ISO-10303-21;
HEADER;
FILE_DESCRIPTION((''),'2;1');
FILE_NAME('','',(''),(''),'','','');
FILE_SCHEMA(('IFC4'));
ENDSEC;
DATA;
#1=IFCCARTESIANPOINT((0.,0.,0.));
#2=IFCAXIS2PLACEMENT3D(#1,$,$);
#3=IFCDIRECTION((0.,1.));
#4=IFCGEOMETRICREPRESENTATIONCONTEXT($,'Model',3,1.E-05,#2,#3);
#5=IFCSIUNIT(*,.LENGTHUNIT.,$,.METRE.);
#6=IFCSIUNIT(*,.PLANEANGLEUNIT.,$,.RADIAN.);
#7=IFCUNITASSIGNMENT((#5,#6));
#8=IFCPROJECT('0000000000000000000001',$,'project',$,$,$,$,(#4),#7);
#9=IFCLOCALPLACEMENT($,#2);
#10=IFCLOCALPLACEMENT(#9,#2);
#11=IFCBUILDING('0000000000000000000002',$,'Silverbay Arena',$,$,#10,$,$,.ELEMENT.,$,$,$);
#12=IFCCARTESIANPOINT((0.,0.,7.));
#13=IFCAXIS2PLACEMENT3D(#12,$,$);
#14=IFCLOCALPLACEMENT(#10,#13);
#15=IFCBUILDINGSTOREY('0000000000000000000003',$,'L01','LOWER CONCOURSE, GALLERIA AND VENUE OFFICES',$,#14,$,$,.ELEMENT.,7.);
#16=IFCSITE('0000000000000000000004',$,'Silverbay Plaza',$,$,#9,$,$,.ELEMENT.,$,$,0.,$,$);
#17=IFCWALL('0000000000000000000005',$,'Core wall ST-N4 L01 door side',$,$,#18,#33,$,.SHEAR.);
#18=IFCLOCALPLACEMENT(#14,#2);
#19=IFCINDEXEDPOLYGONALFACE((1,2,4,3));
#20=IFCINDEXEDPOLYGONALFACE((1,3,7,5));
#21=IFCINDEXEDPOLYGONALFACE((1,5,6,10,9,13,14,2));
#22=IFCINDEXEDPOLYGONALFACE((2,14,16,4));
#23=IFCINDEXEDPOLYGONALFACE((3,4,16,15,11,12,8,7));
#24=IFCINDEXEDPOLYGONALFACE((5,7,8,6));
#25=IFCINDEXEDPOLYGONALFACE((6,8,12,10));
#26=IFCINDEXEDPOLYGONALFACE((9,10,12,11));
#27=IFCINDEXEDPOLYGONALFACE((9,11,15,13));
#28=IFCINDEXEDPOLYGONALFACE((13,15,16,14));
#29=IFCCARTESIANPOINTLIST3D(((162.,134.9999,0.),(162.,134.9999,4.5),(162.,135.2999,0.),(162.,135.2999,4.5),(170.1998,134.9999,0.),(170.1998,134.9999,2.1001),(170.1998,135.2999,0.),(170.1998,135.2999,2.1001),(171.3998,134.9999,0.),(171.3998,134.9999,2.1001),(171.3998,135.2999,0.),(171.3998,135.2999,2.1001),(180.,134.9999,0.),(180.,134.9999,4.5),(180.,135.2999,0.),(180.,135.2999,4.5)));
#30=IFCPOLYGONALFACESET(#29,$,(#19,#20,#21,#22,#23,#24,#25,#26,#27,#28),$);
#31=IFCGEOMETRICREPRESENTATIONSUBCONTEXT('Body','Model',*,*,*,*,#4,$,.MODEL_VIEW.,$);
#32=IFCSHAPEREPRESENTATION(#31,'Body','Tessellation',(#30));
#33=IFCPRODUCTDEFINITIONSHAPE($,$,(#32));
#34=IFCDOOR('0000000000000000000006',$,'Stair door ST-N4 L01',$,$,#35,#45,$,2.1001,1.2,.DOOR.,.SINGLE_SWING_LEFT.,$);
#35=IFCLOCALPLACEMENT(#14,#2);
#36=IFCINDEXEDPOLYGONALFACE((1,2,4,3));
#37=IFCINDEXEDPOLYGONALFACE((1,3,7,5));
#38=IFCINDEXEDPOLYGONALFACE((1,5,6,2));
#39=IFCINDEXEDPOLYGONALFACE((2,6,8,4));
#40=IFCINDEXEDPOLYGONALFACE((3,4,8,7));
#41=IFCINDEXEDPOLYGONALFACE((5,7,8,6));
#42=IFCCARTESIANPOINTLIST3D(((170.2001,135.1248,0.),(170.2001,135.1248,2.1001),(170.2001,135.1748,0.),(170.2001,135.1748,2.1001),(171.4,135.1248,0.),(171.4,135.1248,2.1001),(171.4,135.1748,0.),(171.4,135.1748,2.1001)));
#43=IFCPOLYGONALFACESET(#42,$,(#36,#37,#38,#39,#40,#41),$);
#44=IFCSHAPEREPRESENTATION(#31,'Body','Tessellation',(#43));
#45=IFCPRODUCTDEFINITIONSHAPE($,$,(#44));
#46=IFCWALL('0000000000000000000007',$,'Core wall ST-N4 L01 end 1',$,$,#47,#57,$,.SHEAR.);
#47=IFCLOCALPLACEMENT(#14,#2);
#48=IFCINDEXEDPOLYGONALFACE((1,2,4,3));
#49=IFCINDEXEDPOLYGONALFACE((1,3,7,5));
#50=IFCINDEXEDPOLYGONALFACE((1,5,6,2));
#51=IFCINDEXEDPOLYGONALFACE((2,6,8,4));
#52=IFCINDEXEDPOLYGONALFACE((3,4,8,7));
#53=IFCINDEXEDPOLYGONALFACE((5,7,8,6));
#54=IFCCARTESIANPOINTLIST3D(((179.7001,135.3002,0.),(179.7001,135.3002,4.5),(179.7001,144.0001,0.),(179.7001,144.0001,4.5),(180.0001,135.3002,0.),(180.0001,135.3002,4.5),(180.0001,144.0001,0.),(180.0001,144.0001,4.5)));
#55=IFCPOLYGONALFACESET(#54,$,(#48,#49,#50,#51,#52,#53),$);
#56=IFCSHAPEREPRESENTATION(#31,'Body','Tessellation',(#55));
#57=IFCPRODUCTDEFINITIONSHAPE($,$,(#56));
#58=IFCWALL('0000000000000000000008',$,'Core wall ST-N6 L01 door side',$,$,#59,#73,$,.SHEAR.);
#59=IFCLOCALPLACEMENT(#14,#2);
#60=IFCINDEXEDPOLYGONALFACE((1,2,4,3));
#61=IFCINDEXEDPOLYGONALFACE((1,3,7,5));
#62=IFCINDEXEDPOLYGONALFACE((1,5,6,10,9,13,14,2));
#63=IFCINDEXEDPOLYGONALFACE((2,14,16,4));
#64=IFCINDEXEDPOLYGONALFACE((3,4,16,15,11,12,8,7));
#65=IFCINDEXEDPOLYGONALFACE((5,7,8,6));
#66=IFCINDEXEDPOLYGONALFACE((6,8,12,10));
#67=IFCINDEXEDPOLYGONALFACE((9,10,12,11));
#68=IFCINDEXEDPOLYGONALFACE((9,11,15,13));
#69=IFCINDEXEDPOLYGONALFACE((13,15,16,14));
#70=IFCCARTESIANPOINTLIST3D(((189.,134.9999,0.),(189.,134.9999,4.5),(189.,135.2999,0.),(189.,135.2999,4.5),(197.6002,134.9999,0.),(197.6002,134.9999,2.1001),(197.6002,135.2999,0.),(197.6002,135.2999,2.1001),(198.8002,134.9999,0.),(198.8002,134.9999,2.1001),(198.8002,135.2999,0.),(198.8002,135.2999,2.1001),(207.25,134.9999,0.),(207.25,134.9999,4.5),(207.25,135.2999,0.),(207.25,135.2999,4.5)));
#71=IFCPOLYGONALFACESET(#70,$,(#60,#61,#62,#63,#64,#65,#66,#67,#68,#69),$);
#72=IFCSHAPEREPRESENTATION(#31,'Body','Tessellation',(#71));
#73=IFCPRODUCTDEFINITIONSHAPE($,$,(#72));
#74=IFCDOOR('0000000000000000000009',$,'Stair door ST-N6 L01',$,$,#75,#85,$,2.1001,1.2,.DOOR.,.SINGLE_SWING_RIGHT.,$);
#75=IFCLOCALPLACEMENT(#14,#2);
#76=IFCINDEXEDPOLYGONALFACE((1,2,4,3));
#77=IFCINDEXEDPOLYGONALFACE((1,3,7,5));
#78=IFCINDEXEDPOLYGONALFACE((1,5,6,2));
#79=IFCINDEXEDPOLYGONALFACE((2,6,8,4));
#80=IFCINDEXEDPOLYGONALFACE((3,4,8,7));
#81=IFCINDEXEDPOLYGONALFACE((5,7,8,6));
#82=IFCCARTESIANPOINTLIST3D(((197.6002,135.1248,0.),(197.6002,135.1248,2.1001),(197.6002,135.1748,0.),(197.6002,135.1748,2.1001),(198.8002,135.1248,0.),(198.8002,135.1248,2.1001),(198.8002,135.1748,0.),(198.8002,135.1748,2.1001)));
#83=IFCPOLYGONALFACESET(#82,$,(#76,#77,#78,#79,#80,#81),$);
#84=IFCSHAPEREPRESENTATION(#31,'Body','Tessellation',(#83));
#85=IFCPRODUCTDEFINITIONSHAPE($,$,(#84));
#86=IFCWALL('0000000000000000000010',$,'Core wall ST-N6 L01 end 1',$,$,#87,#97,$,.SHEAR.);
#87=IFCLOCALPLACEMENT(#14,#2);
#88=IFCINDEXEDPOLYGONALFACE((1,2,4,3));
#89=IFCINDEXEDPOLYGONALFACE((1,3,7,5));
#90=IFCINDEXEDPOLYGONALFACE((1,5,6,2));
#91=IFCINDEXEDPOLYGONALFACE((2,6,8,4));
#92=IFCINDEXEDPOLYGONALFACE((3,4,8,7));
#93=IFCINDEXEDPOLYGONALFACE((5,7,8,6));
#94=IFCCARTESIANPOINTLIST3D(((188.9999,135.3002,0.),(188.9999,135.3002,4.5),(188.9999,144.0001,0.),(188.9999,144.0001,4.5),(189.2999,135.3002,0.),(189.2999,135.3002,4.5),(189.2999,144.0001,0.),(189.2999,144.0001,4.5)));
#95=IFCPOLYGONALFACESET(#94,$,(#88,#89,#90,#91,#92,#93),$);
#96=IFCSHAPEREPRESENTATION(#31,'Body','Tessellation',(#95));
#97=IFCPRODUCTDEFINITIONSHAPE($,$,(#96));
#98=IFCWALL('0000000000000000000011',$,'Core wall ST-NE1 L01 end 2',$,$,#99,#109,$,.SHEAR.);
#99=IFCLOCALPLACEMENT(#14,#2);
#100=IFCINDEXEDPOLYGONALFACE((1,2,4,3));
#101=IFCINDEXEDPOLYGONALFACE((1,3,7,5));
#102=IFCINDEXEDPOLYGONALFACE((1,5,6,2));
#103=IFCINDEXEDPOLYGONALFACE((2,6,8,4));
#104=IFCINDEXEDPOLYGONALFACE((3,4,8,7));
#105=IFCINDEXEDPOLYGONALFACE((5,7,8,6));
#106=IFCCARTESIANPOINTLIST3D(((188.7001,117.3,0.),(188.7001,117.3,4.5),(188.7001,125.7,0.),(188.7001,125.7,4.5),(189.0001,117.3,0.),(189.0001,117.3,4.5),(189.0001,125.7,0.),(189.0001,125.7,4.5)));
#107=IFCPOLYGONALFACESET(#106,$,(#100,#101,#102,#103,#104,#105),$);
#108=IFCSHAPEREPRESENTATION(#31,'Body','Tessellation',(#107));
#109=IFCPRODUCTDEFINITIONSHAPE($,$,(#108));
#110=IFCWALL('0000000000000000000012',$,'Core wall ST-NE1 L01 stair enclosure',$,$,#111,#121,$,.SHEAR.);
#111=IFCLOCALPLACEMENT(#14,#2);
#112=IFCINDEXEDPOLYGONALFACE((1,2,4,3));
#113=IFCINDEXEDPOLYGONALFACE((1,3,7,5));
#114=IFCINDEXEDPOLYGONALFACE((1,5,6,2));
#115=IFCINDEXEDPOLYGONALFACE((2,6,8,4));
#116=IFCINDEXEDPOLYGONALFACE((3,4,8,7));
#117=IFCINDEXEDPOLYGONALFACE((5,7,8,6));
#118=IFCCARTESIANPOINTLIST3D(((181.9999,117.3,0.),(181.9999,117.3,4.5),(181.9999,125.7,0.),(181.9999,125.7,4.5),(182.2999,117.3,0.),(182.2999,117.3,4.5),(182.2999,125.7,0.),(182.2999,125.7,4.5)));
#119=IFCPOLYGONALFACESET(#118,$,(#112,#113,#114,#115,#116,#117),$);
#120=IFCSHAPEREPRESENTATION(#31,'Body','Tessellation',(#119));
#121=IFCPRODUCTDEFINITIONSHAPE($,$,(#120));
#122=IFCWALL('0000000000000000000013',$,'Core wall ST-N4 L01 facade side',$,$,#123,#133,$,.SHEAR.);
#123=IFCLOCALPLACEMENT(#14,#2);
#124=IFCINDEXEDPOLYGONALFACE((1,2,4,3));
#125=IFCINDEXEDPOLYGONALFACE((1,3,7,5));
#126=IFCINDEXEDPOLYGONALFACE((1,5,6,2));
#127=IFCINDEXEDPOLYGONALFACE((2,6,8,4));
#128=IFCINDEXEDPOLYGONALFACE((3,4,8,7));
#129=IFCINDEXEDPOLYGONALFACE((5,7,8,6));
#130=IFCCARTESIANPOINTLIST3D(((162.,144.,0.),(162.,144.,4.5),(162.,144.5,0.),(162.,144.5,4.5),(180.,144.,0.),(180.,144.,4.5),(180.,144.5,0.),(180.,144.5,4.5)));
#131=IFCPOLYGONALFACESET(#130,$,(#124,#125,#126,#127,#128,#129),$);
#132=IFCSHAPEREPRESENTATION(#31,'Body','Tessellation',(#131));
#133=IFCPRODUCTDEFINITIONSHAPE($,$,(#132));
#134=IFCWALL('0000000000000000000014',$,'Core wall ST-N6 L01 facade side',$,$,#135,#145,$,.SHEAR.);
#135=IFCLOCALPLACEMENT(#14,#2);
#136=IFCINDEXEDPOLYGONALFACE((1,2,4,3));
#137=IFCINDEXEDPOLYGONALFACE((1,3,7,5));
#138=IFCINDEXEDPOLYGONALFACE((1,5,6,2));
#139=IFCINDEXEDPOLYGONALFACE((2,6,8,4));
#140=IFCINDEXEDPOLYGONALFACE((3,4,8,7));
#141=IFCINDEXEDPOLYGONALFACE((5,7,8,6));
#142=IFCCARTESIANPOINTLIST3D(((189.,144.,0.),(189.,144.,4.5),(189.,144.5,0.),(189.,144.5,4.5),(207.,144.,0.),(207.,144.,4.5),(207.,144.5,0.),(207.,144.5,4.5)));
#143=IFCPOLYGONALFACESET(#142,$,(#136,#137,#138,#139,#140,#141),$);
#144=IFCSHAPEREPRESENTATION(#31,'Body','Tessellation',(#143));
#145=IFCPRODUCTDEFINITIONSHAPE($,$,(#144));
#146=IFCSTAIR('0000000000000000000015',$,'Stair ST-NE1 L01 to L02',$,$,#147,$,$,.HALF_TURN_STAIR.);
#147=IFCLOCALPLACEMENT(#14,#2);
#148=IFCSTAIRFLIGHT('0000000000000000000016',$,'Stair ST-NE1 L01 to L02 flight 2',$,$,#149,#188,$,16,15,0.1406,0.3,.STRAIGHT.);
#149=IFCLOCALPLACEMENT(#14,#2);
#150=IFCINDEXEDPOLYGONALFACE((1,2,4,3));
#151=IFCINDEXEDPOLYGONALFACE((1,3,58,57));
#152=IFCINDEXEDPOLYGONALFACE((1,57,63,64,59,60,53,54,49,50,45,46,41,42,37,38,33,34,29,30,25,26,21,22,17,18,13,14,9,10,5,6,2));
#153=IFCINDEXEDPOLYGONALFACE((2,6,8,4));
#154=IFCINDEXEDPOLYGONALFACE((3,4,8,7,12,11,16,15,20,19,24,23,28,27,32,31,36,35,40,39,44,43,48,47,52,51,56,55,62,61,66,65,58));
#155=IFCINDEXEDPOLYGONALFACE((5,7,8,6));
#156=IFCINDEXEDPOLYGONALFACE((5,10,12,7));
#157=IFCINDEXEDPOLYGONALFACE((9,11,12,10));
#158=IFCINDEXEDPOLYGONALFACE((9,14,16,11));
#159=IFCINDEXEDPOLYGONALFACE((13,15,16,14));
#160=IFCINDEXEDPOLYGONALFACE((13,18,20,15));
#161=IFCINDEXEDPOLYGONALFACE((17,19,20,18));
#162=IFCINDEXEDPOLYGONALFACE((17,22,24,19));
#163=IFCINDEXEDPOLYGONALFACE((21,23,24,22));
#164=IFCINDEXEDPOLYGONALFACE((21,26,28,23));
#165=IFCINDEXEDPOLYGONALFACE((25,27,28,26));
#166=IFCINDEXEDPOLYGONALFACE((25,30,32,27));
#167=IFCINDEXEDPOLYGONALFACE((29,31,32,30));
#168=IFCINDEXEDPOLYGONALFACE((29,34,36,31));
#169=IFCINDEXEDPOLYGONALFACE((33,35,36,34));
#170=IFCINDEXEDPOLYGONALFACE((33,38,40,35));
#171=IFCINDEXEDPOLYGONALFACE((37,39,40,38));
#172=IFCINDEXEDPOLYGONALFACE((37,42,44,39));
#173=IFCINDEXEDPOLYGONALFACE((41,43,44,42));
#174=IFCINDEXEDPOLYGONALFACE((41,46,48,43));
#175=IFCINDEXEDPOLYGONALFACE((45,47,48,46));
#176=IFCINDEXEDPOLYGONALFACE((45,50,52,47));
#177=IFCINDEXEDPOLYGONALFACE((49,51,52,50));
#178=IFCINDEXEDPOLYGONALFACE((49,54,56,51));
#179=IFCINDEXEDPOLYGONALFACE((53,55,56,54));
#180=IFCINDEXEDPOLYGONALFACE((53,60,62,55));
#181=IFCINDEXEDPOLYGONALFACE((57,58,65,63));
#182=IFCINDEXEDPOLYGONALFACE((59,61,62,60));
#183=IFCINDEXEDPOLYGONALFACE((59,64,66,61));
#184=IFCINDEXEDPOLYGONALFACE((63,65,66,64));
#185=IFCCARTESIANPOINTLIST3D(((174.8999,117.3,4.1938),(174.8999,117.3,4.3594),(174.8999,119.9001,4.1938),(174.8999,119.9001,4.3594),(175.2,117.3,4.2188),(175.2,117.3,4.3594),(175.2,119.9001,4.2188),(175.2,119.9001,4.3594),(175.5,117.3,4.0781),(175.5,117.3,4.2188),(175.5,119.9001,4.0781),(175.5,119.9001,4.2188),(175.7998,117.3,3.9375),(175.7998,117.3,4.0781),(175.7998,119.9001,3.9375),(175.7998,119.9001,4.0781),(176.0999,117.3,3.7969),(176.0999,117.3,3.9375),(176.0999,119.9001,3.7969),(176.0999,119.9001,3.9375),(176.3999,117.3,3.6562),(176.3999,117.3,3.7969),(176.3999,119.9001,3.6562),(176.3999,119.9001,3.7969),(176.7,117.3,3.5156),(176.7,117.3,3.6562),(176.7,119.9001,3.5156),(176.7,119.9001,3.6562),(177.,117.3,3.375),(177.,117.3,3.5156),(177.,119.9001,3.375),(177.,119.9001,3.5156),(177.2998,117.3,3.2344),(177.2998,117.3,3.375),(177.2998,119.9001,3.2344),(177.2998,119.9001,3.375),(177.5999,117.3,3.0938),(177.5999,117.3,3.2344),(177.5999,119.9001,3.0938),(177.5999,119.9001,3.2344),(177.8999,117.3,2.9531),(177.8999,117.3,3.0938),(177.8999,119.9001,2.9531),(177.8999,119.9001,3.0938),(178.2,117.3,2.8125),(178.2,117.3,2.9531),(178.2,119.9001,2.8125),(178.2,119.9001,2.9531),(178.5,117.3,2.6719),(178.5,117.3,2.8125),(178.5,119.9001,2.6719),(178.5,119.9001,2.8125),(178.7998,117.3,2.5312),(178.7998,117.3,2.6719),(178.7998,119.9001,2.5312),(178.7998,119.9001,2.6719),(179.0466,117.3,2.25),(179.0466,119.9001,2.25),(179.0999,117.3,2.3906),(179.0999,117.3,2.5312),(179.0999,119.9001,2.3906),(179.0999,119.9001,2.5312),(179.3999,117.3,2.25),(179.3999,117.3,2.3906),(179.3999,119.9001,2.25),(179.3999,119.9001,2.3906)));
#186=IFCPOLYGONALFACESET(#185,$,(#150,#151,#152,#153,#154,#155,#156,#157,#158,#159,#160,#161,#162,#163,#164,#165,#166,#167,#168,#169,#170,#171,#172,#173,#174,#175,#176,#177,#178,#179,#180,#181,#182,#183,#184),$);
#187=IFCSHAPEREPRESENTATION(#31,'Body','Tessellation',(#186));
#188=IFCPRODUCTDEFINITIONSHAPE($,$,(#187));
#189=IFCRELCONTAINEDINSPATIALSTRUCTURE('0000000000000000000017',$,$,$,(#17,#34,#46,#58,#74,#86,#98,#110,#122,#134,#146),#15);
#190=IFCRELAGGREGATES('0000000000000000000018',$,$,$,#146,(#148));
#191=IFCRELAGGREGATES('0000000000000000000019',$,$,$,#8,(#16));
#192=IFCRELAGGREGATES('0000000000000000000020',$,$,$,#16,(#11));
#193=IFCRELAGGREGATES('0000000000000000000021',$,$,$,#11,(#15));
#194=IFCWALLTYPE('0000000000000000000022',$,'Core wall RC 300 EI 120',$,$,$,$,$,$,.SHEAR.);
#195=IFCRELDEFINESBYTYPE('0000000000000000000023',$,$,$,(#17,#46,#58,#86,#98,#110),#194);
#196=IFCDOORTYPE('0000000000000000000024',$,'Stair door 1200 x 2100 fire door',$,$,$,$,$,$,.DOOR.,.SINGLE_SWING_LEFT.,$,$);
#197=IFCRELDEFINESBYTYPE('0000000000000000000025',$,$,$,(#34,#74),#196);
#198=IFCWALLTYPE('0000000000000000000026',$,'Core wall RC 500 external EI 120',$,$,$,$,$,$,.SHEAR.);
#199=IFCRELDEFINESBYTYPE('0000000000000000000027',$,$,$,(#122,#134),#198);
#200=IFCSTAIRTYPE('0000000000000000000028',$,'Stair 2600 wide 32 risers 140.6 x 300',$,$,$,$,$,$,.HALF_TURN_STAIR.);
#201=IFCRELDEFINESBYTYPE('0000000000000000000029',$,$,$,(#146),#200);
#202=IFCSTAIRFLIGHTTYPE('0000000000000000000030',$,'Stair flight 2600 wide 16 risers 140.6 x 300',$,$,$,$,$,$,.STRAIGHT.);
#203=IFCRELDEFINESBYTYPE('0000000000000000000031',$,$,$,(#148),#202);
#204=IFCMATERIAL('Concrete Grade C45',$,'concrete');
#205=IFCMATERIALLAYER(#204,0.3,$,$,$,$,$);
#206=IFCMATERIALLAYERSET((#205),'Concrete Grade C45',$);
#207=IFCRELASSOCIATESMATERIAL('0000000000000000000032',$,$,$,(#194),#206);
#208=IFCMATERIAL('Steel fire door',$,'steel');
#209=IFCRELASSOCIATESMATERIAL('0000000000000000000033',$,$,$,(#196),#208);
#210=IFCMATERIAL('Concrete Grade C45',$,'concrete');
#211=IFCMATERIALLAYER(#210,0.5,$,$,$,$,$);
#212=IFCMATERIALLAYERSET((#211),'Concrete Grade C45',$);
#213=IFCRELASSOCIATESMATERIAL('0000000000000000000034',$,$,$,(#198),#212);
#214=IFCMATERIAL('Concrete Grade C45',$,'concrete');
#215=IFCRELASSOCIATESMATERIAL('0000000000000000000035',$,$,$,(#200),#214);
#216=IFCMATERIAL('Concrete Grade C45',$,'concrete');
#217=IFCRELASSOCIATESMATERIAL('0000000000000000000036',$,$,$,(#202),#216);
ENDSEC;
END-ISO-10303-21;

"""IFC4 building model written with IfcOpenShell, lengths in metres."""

from ifc_helpers import new_model, si_unit, direction, frame, frame_2d, origin, place, context, subcontext, project, spatial, polyline, rectangle, outline, extrude, material, layer, layer_set, type_object, element, fill, aggregate, save


model = new_model("IFC4")

# Units and contexts
model_context = context("Model", 3, precision=1e-05, world=origin(), true_north=direction((0.0, 1.0)))
body_context = subcontext(model_context, "Body", "Model", "MODEL_VIEW")
ifc_project = project(units=[si_unit("LENGTHUNIT", "METRE"), si_unit("PLANEANGLEUNIT", "RADIAN")], contexts=[model_context])

# Site, building, storey
site_placement = place(None, origin())
site = spatial("IfcSite", under=ifc_project, at=site_placement, Name="Silverbay Plaza", CompositionType="ELEMENT", RefElevation=0.0)
building_placement = place(site_placement, origin())
building = spatial("IfcBuilding", under=site, at=building_placement, Name="Silverbay Arena", CompositionType="ELEMENT")
storey_placement = place(building_placement, frame((0.0, 0.0, 7.0)))
storey = spatial("IfcBuildingStorey", under=building, at=storey_placement, Name="L01", Description="LOWER CONCOURSE, GALLERIA AND VENUE OFFICES", CompositionType="ELEMENT", Elevation=7.0)

# Wall, opening, door
ifc_material_1 = material(Name="Concrete Grade C45", Category="concrete")
ifc_layer_1 = layer(ifc_material_1, 0.3)
ifc_layer_set_1 = layer_set([ifc_layer_1], Name="Concrete Grade C45")
wall_type_1 = type_object("IfcWallType", Name="Core wall RC 300 EI 120", PredefinedType="SHEAR", material=ifc_layer_set_1)
wall_1_placement = place(storey_placement, frame((180.0, 135.1499, 0.0), z_axis=(0.0, 0.0, 1.0), x_axis=(-1.0, 0.0, 0.0)))
wall_1 = element("IfcWall", 1, at=wall_1_placement, inside=storey, type_object=wall_type_1, Name="Core wall ST-N4 L01 door side", PredefinedType="SHEAR", context=body_context, shape_type="SweptSolid", body=[
    extrude(rectangle(XDim=18.0, YDim=0.3, at=frame_2d((9.0, 0.0))), origin(), (0.0, 0.0, 1.0), 4.5),
])
opening_1_placement = place(wall_1_placement, frame((8.6001, 0.0, 0.0)))
opening_1 = element("IfcOpeningElement", 2, at=opening_1_placement, cuts=wall_1, PredefinedType="OPENING", context=body_context, shape_type="SweptSolid", body=[
    extrude(rectangle(XDim=1.2, YDim=2.1001, at=frame_2d((0.6001, 1.05))), frame((0.0, 0.1602, 0.0), z_axis=(0.0, -1.0, 0.0), x_axis=(1.0, 0.0, 0.0)), (0.0, 0.0, 1.0), 0.3201),
])
ifc_material_2 = material(Name="Steel fire door", Category="steel")
door_type = type_object("IfcDoorType", Name="Stair door 1200 x 2100 fire door", OperationType="SINGLE_SWING_LEFT", PredefinedType="DOOR", material=ifc_material_2)
door_1_placement = place(opening_1_placement, frame((1.2, 0.0, 0.0), z_axis=(0.0, 0.0, 1.0), x_axis=(-1.0, 0.0, 0.0)))
door_1 = element("IfcDoor", 3, at=door_1_placement, inside=storey, type_object=door_type, Name="Stair door ST-N4 L01", OperationType="SINGLE_SWING_LEFT", OverallHeight=2.1001, OverallWidth=1.2, PredefinedType="DOOR", context=body_context, shape_type="SweptSolid", body=[
    extrude(rectangle(XDim=1.2, YDim=2.1001, at=frame_2d((0.6001, 1.05))), frame((0.0, 0.0249, 0.0), z_axis=(0.0, -1.0, 0.0), x_axis=(1.0, 0.0, 0.0)), (0.0, 0.0, 1.0), 0.05),
])
fill(opening_1, door_1)

# Wall
wall_2_placement = place(storey_placement, frame((179.8501, 135.3, 0.0), z_axis=(0.0, 0.0, 1.0), x_axis=(0.0, 1.0, 0.0)))
element("IfcWall", 4, at=wall_2_placement, inside=storey, type_object=wall_type_1, Name="Core wall ST-N4 L01 end 1", PredefinedType="SHEAR", context=body_context, shape_type="SweptSolid", body=[
    extrude(rectangle(XDim=8.7, YDim=0.3, at=frame_2d((4.3501, 0.0))), origin(), (0.0, 0.0, 1.0), 4.5),
])

# Wall, opening, door
wall_3_placement = place(storey_placement, frame((189.0, 135.1499, 0.0), z_axis=(0.0, 0.0, 1.0), x_axis=(1.0, 0.0, 0.0)))
wall_3 = element("IfcWall", 5, at=wall_3_placement, inside=storey, type_object=wall_type_1, Name="Core wall ST-N6 L01 door side", PredefinedType="SHEAR", context=body_context, shape_type="SweptSolid", body=[
    extrude(rectangle(XDim=18.25, YDim=0.3, at=frame_2d((9.125, 0.0))), origin(), (0.0, 0.0, 1.0), 4.5),
])
opening_2_placement = place(wall_3_placement, frame((8.6001, 0.0, 0.0)))
opening_2 = element("IfcOpeningElement", 6, at=opening_2_placement, cuts=wall_3, PredefinedType="OPENING", context=body_context, shape_type="SweptSolid", body=[
    extrude(rectangle(XDim=1.2, YDim=2.1001, at=frame_2d((0.6001, 1.05))), frame((0.0, 0.1602, 0.0), z_axis=(0.0, -1.0, 0.0), x_axis=(1.0, 0.0, 0.0)), (0.0, 0.0, 1.0), 0.3201),
])
door_2_placement = place(opening_2_placement, origin())
door_2 = element("IfcDoor", 7, at=door_2_placement, inside=storey, type_object=door_type, Name="Stair door ST-N6 L01", OperationType="SINGLE_SWING_RIGHT", OverallHeight=2.1001, OverallWidth=1.2, PredefinedType="DOOR", context=body_context, shape_type="SweptSolid", body=[
    extrude(rectangle(XDim=1.2, YDim=2.1001, at=frame_2d((0.6001, 1.05))), frame((0.0, 0.0249, 0.0), z_axis=(0.0, -1.0, 0.0), x_axis=(1.0, 0.0, 0.0)), (0.0, 0.0, 1.0), 0.05),
])
fill(opening_2, door_2)

# Walls
wall_4_placement = place(storey_placement, frame((189.1499, 135.3, 0.0), z_axis=(0.0, 0.0, 1.0), x_axis=(0.0, 1.0, 0.0)))
element("IfcWall", 8, at=wall_4_placement, inside=storey, type_object=wall_type_1, Name="Core wall ST-N6 L01 end 1", PredefinedType="SHEAR", context=body_context, shape_type="SweptSolid", body=[
    extrude(rectangle(XDim=8.7, YDim=0.3, at=frame_2d((4.3501, 0.0))), origin(), (0.0, 0.0, 1.0), 4.5),
])
for number, where, z_axis, x_axis, name in (
    (9, (188.8501, 117.3, 0.0), (0.0, 0.0, 1.0), (0.0, 1.0, 0.0), "Core wall ST-NE1 L01 end 2"),
    (10, (182.1499, 117.3, 0.0), (0.0, 0.0, 1.0), (0.0, 1.0, 0.0), "Core wall ST-NE1 L01 stair enclosure"),
):
    element("IfcWall", number, at=place(storey_placement, frame(where, z_axis=z_axis, x_axis=x_axis)), inside=storey, type_object=wall_type_1, Name=name, PredefinedType="SHEAR", context=body_context, shape_type="SweptSolid", body=[
        extrude(rectangle(XDim=8.3999, YDim=0.3, at=frame_2d((4.2, 0.0))), origin(), (0.0, 0.0, 1.0), 4.5),
    ])
ifc_material_3 = material(Name="Concrete Grade C45", Category="concrete")
ifc_layer_2 = layer(ifc_material_3, 0.5)
ifc_layer_set_2 = layer_set([ifc_layer_2], Name="Concrete Grade C45")
wall_type_2 = type_object("IfcWallType", Name="Core wall RC 500 external EI 120", PredefinedType="SHEAR", material=ifc_layer_set_2)
for number, where, z_axis, x_axis, name in (
    (11, (180.0, 144.25, 0.0), (0.0, 0.0, 1.0), (-1.0, 0.0, 0.0), "Core wall ST-N4 L01 facade side"),
    (12, (189.0, 144.25, 0.0), (0.0, 0.0, 1.0), (1.0, 0.0, 0.0), "Core wall ST-N6 L01 facade side"),
):
    element("IfcWall", number, at=place(storey_placement, frame(where, z_axis=z_axis, x_axis=x_axis)), inside=storey, type_object=wall_type_2, Name=name, PredefinedType="SHEAR", context=body_context, shape_type="SweptSolid", body=[
        extrude(rectangle(XDim=18.0, YDim=0.5, at=frame_2d((9.0, 0.0))), origin(), (0.0, 0.0, 1.0), 4.5),
    ])

# Stair, stair flight
ifc_material_4 = material(Name="Concrete Grade C45", Category="concrete")
stair_type = type_object("IfcStairType", Name="Stair 2600 wide 32 risers 140.6 x 300", PredefinedType="HALF_TURN_STAIR", material=ifc_material_4)
stair_placement = place(storey_placement, origin())
stair = element("IfcStair", 13, at=stair_placement, inside=storey, type_object=stair_type, Name="Stair ST-NE1 L01 to L02", PredefinedType="HALF_TURN_STAIR")
ifc_material_5 = material(Name="Concrete Grade C45", Category="concrete")
stair_flight_type = type_object("IfcStairFlightType", Name="Stair flight 2600 wide 16 risers 140.6 x 300", PredefinedType="STRAIGHT", material=ifc_material_5)
stair_flight_placement = place(storey_placement, frame((179.3999, 118.6001, 2.25), z_axis=(0.0, 0.0, 1.0), x_axis=(-1.0, 0.0, 0.0)))
stair_flight = element("IfcStairFlight", 14, at=stair_flight_placement, type_object=stair_flight_type, Name="Stair ST-NE1 L01 to L02 flight 2", NumberOfRisers=16, NumberOfTreads=15, PredefinedType="STRAIGHT", RiserHeight=0.1406, TreadLength=0.3, context=body_context, shape_type="SweptSolid", body=[
    extrude(outline(polyline([(0.0, 0.0), (0.0, 0.1406), (0.3, 0.1406), (0.3, 0.2812), (0.6001, 0.2812), (0.6001, 0.4219), (0.8999, 0.4219), (0.8999, 0.5625), (1.2, 0.5625), (1.2, 0.7031), (1.5, 0.7031), (1.5, 0.8438), (1.8, 0.8438), (1.8, 0.9844), (2.1001, 0.9844), (2.1001, 1.125), (2.3999, 1.125), (2.3999, 1.2656), (2.7, 1.2656), (2.7, 1.4062), (3.0, 1.4062), (3.0, 1.5469), (3.3, 1.5469), (3.3, 1.6875), (3.6001, 1.6875), (3.6001, 1.8281), (3.8999, 1.8281), (3.8999, 1.9688), (4.2, 1.9688), (4.2, 2.1094), (4.5, 2.1094), (4.5, 1.9438), (0.3533, 0.0), (0.0, 0.0)])), frame((0.0, 1.3, 0.0), z_axis=(0.0, -1.0, 0.0), x_axis=(1.0, 0.0, 0.0)), (0.0, 0.0, 1.0), 2.6001),
])
aggregate(stair, [stair_flight])

save(model, "model.ifc")
